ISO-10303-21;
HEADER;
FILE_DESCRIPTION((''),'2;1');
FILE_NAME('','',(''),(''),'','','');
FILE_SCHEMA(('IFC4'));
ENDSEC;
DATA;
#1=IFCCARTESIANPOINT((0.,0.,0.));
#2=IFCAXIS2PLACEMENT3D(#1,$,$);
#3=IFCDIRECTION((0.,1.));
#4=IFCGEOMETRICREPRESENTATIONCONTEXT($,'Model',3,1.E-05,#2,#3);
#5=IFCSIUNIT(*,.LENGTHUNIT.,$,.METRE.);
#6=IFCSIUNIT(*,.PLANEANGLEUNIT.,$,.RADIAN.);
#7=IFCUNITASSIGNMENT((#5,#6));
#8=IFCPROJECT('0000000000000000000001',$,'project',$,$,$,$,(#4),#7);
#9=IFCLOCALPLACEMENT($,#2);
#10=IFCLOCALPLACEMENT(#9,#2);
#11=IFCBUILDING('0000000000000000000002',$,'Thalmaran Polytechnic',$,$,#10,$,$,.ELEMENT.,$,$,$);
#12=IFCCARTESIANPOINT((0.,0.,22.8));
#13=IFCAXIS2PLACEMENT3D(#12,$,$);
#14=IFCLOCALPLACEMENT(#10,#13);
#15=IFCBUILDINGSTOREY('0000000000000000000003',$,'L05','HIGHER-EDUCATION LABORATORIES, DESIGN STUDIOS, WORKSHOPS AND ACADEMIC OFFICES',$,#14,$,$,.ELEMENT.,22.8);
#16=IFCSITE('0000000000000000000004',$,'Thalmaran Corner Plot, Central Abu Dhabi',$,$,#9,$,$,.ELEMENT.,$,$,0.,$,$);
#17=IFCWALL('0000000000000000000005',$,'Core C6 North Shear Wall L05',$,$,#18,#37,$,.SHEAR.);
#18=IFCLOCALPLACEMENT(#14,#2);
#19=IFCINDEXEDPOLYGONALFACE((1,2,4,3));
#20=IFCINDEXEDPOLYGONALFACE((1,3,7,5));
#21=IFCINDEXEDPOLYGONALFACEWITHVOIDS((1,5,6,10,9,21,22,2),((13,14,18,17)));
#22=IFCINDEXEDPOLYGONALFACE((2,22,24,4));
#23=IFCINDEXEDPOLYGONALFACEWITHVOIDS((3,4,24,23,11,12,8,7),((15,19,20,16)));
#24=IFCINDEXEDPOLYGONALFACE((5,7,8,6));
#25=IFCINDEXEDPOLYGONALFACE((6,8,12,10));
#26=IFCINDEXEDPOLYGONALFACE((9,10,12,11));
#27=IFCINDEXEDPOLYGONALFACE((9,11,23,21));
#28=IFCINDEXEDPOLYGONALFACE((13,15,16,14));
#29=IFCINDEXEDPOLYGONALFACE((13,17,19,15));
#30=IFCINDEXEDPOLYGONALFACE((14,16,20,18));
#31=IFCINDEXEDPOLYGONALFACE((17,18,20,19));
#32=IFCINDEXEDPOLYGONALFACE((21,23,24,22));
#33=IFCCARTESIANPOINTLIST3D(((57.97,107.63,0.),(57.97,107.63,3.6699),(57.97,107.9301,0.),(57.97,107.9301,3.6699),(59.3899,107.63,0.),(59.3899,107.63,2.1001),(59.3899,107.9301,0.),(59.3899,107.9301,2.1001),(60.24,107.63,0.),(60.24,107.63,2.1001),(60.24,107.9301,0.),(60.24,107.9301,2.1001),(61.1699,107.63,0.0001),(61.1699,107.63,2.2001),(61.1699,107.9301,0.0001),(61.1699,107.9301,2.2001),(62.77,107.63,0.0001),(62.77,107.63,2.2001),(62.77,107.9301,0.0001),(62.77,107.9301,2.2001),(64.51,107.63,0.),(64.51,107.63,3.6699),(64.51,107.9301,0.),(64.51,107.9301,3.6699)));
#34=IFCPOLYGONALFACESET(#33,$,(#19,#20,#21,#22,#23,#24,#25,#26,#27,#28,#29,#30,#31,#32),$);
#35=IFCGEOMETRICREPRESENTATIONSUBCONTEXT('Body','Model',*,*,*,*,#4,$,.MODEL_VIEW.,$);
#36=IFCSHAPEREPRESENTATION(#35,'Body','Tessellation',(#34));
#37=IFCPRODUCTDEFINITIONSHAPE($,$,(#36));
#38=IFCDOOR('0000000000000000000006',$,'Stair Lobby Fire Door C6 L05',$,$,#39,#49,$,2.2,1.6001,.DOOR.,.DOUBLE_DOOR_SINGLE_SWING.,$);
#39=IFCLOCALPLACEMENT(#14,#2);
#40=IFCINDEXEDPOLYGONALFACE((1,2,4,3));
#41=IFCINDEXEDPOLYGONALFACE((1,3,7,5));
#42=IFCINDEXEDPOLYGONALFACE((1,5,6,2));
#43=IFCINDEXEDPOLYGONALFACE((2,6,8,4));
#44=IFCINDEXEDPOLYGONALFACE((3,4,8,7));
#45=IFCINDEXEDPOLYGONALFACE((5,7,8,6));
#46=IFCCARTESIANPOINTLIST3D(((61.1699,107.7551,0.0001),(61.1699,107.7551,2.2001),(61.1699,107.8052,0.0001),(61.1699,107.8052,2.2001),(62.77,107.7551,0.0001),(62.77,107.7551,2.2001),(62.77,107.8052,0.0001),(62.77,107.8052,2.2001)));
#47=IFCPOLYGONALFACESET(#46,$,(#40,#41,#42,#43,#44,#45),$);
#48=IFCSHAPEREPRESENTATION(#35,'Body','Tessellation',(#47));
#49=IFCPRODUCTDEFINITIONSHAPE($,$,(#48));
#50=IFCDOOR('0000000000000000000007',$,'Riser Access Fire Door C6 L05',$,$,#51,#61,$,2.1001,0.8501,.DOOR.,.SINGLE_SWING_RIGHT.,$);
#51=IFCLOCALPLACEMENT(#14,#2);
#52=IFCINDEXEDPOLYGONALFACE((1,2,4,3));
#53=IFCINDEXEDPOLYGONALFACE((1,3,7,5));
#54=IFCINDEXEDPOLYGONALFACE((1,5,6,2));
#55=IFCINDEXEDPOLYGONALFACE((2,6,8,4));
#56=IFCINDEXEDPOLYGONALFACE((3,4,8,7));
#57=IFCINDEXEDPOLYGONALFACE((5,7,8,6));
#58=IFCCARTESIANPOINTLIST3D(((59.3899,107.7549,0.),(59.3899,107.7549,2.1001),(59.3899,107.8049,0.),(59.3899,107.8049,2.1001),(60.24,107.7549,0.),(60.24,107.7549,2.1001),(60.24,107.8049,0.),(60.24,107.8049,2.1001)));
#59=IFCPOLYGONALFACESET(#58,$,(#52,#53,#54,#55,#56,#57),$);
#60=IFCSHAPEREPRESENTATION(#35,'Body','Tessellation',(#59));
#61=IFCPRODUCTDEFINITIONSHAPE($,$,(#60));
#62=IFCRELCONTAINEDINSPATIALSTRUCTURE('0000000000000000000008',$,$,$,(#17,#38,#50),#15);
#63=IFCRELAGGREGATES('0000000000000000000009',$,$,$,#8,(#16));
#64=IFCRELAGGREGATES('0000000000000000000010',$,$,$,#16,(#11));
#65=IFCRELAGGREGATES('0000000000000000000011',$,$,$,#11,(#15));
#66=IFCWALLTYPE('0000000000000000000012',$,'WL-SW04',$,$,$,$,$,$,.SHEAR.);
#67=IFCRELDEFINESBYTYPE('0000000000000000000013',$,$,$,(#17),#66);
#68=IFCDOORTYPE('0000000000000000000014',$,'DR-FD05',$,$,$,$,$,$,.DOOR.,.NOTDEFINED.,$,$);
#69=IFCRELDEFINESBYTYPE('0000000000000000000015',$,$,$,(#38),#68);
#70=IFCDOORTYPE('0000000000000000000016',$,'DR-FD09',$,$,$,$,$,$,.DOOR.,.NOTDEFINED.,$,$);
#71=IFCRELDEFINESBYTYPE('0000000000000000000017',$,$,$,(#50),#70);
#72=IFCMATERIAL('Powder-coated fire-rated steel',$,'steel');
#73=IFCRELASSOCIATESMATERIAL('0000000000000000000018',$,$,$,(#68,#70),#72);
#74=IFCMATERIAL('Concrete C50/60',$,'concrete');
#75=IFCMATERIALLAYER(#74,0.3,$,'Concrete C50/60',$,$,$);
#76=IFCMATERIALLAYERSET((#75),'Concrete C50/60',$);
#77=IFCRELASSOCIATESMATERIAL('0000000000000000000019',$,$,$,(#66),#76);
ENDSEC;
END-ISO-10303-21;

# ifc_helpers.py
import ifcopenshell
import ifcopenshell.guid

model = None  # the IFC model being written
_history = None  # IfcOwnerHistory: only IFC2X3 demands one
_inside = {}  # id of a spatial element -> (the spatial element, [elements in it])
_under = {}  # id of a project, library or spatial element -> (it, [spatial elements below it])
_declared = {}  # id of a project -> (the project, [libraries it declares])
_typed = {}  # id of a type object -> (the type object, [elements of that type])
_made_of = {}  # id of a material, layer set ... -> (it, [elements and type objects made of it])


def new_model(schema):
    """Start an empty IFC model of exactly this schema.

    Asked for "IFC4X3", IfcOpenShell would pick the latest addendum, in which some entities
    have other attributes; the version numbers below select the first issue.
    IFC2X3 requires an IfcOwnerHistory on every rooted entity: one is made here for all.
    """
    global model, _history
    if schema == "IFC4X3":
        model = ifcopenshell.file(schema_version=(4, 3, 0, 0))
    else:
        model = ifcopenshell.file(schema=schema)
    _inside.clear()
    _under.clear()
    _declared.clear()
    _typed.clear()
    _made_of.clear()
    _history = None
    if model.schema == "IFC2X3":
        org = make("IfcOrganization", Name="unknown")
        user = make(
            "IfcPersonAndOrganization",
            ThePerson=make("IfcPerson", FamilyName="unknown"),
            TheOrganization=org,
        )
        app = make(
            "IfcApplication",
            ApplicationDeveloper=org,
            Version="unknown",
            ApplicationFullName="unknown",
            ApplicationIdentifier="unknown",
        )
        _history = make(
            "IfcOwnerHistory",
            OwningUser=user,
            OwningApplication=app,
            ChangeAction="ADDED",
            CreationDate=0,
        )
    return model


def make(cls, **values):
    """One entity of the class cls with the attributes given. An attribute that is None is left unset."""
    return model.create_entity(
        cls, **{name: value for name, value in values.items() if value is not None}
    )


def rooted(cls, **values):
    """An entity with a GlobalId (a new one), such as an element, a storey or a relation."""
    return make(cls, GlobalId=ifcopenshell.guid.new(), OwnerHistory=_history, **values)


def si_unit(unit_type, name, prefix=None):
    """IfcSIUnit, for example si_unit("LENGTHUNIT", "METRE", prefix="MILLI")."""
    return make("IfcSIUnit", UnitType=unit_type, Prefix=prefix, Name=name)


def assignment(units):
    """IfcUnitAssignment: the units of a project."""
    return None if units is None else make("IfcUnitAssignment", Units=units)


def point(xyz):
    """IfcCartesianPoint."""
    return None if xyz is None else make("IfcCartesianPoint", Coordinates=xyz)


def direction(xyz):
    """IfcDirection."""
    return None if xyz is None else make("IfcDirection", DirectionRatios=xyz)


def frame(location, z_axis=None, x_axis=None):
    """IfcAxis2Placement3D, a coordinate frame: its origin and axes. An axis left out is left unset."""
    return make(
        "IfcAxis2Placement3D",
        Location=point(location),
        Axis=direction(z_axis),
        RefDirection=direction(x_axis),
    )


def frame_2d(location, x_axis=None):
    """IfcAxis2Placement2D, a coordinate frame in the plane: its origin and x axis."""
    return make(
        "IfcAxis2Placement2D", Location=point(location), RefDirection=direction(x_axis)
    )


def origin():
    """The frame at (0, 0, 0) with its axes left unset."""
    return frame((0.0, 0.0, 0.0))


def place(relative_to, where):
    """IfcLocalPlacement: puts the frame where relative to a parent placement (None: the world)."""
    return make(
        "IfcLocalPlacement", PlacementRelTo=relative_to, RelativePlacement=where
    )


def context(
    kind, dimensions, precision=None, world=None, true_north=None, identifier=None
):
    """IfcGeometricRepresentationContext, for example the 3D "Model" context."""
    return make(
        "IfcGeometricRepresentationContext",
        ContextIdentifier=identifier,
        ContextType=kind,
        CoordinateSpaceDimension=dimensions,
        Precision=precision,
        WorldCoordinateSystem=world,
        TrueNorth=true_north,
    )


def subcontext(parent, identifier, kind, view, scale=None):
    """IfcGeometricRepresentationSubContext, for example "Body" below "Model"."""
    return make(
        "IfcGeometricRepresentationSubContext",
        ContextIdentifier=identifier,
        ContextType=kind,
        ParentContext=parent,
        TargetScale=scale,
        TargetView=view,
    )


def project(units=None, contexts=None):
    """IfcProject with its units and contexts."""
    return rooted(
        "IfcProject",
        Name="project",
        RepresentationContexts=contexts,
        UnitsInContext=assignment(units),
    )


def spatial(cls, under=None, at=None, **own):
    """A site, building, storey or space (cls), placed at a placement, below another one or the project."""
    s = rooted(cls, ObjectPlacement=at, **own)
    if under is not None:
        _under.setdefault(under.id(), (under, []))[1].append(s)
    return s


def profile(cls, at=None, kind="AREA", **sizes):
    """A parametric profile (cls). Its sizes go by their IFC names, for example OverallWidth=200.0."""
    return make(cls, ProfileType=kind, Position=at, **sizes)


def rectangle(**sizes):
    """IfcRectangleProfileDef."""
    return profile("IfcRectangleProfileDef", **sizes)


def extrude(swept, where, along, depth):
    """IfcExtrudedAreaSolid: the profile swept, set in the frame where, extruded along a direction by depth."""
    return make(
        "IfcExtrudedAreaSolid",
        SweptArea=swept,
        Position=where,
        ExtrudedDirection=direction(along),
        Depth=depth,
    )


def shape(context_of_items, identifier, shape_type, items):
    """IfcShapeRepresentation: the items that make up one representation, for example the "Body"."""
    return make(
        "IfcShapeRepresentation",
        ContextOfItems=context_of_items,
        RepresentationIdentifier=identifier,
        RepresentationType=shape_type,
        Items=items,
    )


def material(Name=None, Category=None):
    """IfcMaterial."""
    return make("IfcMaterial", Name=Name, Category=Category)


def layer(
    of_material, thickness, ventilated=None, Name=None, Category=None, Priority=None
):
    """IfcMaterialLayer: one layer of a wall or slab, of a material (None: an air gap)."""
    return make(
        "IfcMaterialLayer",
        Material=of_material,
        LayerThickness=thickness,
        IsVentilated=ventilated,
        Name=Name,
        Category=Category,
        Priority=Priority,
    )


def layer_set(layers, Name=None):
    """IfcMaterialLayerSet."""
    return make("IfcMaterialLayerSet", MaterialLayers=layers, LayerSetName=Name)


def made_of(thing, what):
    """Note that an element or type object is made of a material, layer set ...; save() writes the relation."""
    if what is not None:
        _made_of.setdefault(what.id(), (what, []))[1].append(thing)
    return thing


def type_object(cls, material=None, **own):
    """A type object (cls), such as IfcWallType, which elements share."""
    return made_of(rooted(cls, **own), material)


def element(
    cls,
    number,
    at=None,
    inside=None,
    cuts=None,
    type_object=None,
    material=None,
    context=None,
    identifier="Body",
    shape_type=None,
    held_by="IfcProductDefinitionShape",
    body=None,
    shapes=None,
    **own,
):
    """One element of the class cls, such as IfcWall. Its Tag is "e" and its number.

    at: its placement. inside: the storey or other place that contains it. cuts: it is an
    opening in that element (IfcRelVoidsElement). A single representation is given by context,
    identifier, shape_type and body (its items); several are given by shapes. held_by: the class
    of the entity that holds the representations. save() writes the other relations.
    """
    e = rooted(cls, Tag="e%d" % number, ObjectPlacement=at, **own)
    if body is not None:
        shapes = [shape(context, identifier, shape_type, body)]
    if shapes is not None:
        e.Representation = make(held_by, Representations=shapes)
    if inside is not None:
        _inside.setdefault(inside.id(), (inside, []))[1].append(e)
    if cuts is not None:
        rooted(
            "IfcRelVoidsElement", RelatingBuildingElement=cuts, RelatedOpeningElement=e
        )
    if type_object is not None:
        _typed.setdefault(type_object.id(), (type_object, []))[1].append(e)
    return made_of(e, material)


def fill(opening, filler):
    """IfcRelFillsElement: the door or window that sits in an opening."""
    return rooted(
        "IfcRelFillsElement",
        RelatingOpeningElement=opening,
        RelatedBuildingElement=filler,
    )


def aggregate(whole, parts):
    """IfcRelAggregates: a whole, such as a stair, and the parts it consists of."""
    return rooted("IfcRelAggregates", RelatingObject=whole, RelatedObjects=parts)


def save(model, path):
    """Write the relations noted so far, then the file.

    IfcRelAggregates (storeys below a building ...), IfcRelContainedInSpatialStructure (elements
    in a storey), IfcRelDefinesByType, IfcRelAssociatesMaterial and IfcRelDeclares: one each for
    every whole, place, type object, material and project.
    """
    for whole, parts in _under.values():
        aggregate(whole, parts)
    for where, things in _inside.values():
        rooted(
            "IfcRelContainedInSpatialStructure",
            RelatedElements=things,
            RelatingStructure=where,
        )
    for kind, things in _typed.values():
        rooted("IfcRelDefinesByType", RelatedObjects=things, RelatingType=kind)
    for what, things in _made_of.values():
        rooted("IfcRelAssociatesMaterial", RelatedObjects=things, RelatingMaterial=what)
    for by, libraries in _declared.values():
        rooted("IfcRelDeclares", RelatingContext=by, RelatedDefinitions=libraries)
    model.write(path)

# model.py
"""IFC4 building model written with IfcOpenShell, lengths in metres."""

from ifc_helpers import new_model, si_unit, direction, frame, frame_2d, origin, place, context, subcontext, project, spatial, rectangle, extrude, material, layer, layer_set, type_object, element, fill, save


model = new_model("IFC4")

# Units and contexts
model_context = context("Model", 3, precision=1e-05, world=origin(), true_north=direction((0.0, 1.0)))
body_context = subcontext(model_context, "Body", "Model", "MODEL_VIEW")
ifc_project = project(units=[si_unit("LENGTHUNIT", "METRE"), si_unit("PLANEANGLEUNIT", "RADIAN")], contexts=[model_context])

# Site, building, storey
site_placement = place(None, origin())
site = spatial("IfcSite", under=ifc_project, at=site_placement, Name="Thalmaran Corner Plot, Central Abu Dhabi", CompositionType="ELEMENT", RefElevation=0.0)
building_placement = place(site_placement, origin())
building = spatial("IfcBuilding", under=site, at=building_placement, Name="Thalmaran Polytechnic", CompositionType="ELEMENT")
storey_placement = place(building_placement, frame((0.0, 0.0, 22.8)))
storey = spatial("IfcBuildingStorey", under=building, at=storey_placement, Name="L05", Description="HIGHER-EDUCATION LABORATORIES, DESIGN STUDIOS, WORKSHOPS AND ACADEMIC OFFICES", CompositionType="ELEMENT", Elevation=22.8)

# Shared definitions
ifc_material_1 = material(Name="Powder-coated fire-rated steel", Category="steel")
door_type_1 = type_object("IfcDoorType", Name="DR-FD05", OperationType="NOTDEFINED", PredefinedType="DOOR", material=ifc_material_1)

# Shared definitions
ifc_material_2 = material(Name="Concrete C50/60", Category="concrete")
ifc_layer_1 = layer(ifc_material_2, 0.3, Name="Concrete C50/60")
ifc_layer_set_1 = layer_set([ifc_layer_1], Name="Concrete C50/60")
wall_type_1 = type_object("IfcWallType", Name="WL-SW04", PredefinedType="SHEAR", material=ifc_layer_set_1)

# Wall, openings, doors
wall_1_placement = place(storey_placement, frame((57.97, 107.78, 0.0), z_axis=(0.0, 0.0, 1.0), x_axis=(1.0, 0.0, 0.0)))
wall_1 = element("IfcWall", 1, at=wall_1_placement, inside=storey, type_object=wall_type_1, Name="Core C6 North Shear Wall L05", PredefinedType="SHEAR", context=body_context, shape_type="SweptSolid", body=[
    extrude(rectangle(XDim=6.54, YDim=0.3, at=frame_2d((3.27, 0.0))), origin(), (0.0, 0.0, 1.0), 3.6699),
])
opening_1_placement = place(wall_1_placement, frame((1.4199, 0.0, 0.0)))
opening_1 = element("IfcOpeningElement", 2, at=opening_1_placement, cuts=wall_1, PredefinedType="OPENING", context=body_context, shape_type="SweptSolid", body=[
    extrude(rectangle(XDim=0.8501, YDim=2.1001, at=frame_2d((0.425, 1.05))), frame((0.0, 0.1599, 0.0), z_axis=(0.0, -1.0, 0.0), x_axis=(1.0, 0.0, 0.0)), (0.0, 0.0, 1.0), 0.3201),
])
opening_2_placement = place(wall_1_placement, frame((3.2, 0.0, 0.0)))
opening_2 = element("IfcOpeningElement", 3, at=opening_2_placement, cuts=wall_1, PredefinedType="OPENING", context=body_context, shape_type="SweptSolid", body=[
    extrude(rectangle(XDim=1.6001, YDim=2.2, at=frame_2d((0.8, 1.1001))), frame((0.0, 0.1599, 0.0), z_axis=(0.0, -1.0, 0.0), x_axis=(1.0, 0.0, 0.0)), (0.0, 0.0, 1.0), 0.3201),
])
door_1_placement = place(opening_2_placement, frame((1.6001, 0.0, 0.0), z_axis=(0.0, 0.0, 1.0), x_axis=(-1.0, 0.0, 0.0)))
door_1 = element("IfcDoor", 4, at=door_1_placement, inside=storey, type_object=door_type_1, Name="Stair Lobby Fire Door C6 L05", OperationType="DOUBLE_DOOR_SINGLE_SWING", OverallHeight=2.2, OverallWidth=1.6001, PredefinedType="DOOR", context=body_context, shape_type="SweptSolid", body=[
    extrude(rectangle(XDim=1.6001, YDim=2.2, at=frame_2d((0.8, 1.1001))), frame((0.0, 0.0249, 0.0), z_axis=(0.0, -1.0, 0.0), x_axis=(1.0, 0.0, 0.0)), (0.0, 0.0, 1.0), 0.05),
])
fill(opening_2, door_1)
door_type_2 = type_object("IfcDoorType", Name="DR-FD09", OperationType="NOTDEFINED", PredefinedType="DOOR", material=ifc_material_1)
door_2_placement = place(opening_1_placement, origin())
door_2 = element("IfcDoor", 5, at=door_2_placement, inside=storey, type_object=door_type_2, Name="Riser Access Fire Door C6 L05", OperationType="SINGLE_SWING_RIGHT", OverallHeight=2.1001, OverallWidth=0.8501, PredefinedType="DOOR", context=body_context, shape_type="SweptSolid", body=[
    extrude(rectangle(XDim=0.8501, YDim=2.1001, at=frame_2d((0.425, 1.05))), frame((0.0, 0.0249, 0.0), z_axis=(0.0, -1.0, 0.0), x_axis=(1.0, 0.0, 0.0)), (0.0, 0.0, 1.0), 0.05),
])
fill(opening_1, door_2)

save(model, "model.ifc")
